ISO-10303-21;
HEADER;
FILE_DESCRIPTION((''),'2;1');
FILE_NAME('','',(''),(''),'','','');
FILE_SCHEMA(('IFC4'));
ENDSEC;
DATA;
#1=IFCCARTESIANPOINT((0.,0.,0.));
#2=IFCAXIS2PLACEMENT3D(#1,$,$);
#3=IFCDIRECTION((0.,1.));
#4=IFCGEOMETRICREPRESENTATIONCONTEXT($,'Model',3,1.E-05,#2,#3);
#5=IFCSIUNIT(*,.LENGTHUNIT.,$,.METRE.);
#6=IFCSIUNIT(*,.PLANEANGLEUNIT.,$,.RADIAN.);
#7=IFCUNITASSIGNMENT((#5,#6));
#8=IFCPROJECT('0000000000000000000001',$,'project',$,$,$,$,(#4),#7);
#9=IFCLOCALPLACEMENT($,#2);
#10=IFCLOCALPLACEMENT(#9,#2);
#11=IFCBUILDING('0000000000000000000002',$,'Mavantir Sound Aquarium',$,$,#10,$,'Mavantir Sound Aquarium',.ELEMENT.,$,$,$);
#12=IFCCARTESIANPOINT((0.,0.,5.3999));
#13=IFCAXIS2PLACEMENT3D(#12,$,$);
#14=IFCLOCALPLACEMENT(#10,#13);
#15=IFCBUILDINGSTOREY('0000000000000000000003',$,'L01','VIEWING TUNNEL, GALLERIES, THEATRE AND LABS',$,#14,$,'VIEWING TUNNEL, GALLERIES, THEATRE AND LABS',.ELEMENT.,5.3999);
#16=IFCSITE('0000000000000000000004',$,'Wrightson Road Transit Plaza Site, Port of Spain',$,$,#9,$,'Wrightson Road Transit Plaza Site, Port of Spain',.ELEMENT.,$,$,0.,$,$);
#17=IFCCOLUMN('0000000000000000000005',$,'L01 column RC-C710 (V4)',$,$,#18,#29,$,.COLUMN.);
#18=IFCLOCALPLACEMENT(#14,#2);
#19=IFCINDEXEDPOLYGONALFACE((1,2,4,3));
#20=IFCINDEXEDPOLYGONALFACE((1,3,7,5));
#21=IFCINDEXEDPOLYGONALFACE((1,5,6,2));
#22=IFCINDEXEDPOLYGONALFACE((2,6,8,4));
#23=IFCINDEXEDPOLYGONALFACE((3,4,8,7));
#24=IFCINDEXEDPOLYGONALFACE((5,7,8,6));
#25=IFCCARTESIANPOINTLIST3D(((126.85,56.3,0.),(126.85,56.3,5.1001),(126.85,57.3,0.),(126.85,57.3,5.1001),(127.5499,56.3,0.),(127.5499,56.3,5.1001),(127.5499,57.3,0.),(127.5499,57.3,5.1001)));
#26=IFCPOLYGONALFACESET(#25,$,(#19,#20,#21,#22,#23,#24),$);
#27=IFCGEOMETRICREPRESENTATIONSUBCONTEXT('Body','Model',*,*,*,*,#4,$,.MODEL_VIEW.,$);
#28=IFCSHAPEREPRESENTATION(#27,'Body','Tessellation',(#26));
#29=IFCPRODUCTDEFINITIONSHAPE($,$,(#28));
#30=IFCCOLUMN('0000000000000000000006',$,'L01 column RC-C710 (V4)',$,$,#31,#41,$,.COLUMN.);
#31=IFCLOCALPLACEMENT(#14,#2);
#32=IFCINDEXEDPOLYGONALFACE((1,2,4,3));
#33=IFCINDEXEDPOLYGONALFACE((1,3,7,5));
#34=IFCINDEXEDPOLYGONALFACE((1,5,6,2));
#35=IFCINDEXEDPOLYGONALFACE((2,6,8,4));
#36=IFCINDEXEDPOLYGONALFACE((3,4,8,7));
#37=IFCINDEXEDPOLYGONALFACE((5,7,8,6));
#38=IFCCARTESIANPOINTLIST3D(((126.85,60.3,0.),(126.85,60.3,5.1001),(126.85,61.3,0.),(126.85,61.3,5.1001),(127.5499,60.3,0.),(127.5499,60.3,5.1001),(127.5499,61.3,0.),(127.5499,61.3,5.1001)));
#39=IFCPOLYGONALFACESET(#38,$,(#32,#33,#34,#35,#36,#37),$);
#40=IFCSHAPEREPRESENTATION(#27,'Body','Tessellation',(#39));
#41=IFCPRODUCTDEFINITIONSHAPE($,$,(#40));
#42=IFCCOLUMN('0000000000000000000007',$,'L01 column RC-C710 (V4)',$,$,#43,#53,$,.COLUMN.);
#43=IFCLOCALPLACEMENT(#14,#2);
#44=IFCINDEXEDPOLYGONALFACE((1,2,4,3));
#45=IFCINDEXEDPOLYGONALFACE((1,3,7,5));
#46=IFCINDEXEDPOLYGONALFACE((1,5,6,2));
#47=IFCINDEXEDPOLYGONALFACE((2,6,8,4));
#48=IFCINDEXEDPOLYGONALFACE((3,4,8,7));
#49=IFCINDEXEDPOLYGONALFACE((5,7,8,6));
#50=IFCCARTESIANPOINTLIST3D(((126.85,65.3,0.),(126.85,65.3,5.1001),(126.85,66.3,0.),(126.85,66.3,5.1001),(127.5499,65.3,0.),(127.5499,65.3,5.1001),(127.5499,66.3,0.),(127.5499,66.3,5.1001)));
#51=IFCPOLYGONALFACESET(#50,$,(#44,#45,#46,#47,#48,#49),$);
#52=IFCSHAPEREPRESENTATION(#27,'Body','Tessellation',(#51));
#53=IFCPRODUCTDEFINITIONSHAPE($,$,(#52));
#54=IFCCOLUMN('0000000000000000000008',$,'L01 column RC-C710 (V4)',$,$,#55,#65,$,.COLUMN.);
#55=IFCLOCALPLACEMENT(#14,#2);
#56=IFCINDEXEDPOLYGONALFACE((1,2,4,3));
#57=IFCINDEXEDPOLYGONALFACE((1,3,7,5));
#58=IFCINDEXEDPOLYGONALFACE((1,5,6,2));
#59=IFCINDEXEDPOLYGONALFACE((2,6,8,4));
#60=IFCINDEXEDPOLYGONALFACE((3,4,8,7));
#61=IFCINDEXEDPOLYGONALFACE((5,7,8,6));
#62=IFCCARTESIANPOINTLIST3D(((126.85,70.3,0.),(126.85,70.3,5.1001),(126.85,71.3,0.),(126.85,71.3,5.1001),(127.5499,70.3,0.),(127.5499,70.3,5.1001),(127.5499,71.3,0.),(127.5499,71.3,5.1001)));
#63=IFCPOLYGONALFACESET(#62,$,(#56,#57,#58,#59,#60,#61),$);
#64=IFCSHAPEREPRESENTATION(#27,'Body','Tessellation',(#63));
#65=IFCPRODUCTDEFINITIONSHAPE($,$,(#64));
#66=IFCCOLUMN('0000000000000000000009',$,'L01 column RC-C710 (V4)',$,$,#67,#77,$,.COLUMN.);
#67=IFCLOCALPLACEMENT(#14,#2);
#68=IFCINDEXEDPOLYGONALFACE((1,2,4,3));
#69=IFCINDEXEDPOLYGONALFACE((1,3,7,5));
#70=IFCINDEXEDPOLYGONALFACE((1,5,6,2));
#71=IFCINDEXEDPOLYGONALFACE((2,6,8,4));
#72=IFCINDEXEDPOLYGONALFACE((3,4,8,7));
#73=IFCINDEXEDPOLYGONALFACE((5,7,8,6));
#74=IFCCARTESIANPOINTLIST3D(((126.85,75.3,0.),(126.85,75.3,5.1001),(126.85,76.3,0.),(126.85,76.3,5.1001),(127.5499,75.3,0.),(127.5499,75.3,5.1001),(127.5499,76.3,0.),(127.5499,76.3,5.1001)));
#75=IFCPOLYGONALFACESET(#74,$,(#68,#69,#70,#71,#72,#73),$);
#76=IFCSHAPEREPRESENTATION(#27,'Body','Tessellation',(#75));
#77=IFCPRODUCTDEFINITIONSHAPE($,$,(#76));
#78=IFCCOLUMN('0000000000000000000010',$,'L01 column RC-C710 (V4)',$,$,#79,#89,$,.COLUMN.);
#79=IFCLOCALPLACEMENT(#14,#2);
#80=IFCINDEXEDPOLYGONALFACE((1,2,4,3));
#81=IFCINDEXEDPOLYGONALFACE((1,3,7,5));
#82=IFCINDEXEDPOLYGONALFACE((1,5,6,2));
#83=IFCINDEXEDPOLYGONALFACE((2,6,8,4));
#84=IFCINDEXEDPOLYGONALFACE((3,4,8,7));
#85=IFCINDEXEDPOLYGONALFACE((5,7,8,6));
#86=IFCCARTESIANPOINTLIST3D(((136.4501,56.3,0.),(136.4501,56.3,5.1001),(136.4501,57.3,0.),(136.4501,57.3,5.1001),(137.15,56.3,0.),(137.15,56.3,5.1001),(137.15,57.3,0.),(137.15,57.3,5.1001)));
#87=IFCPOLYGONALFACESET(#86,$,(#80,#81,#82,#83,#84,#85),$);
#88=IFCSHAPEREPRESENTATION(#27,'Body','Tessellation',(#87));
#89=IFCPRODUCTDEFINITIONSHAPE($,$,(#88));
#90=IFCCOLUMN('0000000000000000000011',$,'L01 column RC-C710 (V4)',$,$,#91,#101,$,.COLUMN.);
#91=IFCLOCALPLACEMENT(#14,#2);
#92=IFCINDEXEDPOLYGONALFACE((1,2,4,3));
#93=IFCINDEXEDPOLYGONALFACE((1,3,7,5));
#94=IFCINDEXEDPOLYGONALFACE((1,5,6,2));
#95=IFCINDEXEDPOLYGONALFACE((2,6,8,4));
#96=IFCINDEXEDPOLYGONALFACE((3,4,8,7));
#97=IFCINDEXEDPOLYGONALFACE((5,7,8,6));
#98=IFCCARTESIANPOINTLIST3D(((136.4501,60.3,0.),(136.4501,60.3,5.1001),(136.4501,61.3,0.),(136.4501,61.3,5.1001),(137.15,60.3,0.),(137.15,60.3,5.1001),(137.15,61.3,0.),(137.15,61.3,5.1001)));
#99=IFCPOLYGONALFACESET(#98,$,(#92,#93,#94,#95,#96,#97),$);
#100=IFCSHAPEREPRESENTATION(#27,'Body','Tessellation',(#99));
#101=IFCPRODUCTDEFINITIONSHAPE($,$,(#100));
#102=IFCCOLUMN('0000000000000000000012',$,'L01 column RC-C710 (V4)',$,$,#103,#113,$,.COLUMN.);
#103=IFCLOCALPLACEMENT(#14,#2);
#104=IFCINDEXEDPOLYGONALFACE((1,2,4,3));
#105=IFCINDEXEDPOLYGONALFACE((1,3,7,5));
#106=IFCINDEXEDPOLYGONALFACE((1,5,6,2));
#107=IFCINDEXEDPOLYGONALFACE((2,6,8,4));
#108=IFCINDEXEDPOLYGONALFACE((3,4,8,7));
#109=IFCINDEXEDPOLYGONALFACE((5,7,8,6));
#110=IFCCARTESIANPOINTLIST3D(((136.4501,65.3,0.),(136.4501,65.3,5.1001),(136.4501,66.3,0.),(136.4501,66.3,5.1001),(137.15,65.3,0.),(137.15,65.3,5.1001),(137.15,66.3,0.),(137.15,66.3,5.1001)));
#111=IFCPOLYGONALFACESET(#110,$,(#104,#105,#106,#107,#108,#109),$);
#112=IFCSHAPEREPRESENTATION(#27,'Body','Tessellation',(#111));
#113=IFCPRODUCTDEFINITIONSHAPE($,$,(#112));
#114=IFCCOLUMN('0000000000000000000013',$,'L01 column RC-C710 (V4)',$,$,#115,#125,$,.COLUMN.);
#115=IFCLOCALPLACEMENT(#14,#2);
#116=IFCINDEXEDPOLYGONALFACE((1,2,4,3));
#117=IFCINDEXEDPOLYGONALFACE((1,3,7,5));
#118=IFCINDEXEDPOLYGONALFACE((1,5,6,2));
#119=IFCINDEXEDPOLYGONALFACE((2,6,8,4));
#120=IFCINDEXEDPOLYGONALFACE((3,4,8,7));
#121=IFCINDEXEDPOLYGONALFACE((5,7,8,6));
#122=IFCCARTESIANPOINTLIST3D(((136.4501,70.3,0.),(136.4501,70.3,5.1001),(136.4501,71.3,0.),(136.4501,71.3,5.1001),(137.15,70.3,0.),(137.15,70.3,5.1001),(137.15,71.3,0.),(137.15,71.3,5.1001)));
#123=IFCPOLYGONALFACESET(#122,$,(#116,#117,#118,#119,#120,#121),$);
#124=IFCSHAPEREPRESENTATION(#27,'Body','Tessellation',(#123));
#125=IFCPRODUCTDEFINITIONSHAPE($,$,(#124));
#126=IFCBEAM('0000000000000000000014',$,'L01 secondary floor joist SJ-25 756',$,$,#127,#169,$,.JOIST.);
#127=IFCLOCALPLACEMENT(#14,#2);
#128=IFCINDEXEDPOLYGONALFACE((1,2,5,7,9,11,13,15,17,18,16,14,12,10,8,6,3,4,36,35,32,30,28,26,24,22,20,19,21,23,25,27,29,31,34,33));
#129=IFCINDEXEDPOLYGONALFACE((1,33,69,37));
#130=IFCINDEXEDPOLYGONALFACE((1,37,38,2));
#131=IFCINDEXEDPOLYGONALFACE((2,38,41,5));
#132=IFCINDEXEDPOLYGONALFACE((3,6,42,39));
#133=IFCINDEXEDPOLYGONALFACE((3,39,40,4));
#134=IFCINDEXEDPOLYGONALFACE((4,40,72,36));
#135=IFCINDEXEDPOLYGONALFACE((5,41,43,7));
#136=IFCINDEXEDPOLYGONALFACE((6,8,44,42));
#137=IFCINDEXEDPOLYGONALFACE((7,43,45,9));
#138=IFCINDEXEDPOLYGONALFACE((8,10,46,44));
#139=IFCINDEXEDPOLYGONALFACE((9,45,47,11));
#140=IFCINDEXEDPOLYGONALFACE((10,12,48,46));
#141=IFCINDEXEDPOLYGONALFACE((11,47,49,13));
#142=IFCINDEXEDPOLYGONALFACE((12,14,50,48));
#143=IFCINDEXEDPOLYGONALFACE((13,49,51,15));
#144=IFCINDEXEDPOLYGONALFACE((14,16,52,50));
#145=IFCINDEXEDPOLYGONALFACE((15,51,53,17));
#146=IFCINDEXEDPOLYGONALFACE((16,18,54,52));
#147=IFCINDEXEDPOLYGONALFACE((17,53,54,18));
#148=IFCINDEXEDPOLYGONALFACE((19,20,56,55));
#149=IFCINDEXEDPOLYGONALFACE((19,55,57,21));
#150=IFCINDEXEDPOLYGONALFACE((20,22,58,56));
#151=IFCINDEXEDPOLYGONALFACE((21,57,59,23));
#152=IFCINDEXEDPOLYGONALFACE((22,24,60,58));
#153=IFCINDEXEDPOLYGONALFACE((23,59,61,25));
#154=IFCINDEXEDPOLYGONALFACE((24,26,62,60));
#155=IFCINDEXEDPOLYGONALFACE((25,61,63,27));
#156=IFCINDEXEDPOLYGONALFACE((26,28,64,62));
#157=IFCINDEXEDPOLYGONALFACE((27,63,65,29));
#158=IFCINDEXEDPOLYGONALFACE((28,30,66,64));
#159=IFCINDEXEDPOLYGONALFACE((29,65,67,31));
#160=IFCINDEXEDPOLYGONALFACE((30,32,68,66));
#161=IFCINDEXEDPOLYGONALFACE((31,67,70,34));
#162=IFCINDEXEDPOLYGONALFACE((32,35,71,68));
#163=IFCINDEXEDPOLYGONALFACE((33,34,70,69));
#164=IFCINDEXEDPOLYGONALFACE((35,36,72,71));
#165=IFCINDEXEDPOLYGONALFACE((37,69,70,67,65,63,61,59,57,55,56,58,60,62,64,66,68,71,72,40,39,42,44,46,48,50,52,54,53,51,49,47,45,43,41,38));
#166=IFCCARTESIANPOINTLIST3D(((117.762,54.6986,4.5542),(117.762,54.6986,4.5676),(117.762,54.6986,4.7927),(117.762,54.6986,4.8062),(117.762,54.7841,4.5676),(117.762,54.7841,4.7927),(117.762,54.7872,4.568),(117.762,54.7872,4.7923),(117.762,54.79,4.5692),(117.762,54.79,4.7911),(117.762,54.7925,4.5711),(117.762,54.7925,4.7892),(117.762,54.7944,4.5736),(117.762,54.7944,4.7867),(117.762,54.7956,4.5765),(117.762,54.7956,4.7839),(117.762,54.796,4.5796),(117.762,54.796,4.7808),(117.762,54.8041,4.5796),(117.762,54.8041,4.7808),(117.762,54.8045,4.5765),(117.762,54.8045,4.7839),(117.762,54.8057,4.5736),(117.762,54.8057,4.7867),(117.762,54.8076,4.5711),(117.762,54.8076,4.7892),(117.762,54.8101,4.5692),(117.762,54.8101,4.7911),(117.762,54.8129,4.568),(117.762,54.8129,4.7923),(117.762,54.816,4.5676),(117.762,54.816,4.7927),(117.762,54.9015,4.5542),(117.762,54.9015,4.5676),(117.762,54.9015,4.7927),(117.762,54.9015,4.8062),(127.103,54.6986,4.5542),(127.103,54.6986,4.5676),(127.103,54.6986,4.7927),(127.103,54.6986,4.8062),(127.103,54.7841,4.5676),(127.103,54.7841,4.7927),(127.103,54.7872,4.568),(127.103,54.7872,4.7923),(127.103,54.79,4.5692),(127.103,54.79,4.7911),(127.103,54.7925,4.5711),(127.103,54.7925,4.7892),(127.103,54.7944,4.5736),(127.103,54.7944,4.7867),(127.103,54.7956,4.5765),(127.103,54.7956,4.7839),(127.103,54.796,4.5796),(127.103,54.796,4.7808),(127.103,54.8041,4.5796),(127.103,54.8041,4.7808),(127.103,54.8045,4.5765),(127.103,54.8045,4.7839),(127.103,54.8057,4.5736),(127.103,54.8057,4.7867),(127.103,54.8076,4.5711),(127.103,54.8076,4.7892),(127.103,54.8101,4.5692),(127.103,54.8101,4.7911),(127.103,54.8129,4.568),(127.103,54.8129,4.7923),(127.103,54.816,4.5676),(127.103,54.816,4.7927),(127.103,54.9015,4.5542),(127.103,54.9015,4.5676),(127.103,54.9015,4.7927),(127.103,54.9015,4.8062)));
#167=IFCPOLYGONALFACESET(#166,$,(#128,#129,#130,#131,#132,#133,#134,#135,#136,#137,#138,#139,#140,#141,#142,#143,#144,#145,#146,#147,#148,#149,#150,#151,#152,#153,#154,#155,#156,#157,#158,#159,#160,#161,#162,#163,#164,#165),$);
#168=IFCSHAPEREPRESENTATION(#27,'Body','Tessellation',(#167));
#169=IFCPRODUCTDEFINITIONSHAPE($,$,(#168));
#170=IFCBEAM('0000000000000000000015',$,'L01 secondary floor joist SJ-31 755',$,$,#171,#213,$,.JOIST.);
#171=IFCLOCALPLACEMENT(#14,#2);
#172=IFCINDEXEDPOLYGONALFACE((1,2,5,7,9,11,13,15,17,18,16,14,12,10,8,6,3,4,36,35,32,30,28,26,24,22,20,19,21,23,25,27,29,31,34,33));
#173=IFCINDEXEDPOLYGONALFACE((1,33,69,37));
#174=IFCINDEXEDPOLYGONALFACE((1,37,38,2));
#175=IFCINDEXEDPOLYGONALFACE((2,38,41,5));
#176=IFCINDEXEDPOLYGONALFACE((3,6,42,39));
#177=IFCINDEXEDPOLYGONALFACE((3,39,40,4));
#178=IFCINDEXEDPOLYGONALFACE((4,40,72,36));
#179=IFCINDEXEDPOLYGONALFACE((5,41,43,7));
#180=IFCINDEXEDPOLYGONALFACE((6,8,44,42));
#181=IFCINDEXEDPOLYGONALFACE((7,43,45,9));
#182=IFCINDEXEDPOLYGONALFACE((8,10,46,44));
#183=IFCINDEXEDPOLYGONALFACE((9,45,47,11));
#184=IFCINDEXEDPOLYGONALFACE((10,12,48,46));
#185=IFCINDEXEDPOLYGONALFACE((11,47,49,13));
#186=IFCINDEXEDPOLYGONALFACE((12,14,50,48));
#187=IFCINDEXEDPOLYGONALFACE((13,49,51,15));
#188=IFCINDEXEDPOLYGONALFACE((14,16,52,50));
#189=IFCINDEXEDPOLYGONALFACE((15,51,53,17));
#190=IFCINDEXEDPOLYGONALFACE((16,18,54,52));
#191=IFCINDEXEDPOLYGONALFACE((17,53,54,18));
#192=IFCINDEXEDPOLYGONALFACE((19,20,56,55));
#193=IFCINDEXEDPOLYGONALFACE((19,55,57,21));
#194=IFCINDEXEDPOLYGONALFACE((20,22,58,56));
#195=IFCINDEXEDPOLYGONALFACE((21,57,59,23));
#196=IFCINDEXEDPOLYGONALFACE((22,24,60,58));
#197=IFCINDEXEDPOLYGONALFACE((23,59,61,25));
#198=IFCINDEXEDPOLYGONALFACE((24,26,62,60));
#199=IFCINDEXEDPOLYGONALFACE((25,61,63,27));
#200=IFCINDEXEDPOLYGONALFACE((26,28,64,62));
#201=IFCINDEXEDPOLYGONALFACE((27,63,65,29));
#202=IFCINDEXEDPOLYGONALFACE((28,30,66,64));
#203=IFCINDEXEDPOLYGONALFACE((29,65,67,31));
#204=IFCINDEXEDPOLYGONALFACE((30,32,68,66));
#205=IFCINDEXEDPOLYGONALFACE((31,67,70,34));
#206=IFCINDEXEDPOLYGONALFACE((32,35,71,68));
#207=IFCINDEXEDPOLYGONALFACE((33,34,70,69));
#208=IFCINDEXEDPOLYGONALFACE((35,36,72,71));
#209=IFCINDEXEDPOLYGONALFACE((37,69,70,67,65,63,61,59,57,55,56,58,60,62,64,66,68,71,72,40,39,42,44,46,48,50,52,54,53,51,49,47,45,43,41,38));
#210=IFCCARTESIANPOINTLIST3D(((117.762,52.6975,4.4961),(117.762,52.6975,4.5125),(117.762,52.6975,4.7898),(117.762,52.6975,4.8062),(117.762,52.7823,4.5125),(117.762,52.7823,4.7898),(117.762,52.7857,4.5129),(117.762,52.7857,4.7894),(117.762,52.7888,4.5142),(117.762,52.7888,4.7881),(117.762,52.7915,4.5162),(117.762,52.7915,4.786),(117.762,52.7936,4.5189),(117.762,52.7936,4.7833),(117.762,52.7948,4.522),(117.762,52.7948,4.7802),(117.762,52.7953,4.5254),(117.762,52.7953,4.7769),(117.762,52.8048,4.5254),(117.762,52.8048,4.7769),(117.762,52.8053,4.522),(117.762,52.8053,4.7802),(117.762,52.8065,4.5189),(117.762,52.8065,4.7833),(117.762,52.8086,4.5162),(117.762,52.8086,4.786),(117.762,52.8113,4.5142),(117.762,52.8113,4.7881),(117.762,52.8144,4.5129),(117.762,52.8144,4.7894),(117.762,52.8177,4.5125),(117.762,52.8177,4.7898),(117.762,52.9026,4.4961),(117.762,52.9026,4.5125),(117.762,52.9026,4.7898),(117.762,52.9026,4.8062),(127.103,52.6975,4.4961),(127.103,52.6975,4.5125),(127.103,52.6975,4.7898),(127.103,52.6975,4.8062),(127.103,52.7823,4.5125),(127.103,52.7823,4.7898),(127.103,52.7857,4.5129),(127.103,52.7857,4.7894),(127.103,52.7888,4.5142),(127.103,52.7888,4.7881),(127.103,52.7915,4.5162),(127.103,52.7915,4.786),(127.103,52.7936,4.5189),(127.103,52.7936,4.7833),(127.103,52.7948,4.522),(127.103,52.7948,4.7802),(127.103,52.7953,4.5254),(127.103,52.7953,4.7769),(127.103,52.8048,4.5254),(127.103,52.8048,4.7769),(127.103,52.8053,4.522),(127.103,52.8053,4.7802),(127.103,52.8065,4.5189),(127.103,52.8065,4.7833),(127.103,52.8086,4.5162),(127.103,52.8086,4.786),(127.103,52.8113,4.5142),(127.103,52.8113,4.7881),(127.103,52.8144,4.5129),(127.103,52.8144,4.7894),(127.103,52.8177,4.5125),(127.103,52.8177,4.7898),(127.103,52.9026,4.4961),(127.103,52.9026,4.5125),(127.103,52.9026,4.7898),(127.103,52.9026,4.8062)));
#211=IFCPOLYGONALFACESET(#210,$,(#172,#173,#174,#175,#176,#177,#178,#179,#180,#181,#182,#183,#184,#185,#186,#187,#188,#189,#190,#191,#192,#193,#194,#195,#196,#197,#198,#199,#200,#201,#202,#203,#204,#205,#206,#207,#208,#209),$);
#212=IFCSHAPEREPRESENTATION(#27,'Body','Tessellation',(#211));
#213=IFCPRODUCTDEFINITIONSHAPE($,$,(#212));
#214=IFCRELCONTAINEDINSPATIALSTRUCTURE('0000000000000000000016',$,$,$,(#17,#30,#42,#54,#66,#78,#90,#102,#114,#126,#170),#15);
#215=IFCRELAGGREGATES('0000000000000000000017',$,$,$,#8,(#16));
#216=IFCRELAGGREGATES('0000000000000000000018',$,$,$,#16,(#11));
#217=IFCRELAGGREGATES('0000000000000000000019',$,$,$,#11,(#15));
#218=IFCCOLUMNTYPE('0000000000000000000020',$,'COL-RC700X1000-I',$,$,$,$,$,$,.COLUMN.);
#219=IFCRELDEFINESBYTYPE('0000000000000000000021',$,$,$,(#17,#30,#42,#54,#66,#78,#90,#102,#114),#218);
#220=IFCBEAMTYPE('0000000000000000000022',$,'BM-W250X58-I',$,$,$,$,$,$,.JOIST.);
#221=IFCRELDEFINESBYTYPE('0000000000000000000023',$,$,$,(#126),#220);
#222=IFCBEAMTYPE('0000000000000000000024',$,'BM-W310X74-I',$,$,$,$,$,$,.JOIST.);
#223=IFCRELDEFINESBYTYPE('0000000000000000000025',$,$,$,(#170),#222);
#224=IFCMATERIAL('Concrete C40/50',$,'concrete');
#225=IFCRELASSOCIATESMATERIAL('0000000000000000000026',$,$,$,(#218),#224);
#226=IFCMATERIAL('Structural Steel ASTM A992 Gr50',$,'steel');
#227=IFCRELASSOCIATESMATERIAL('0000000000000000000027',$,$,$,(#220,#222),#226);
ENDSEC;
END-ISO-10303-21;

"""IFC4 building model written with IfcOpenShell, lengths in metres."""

from ifc_helpers import new_model, si_unit, direction, frame, origin, origin_2d, place, context, subcontext, project, spatial, rectangle, i_section, extrude, material, material_profile, profile_set, type_object, element, save


model = new_model("IFC4")

# Units and contexts
model_context = context("Model", 3, precision=1e-05, world=origin(), true_north=direction((0.0, 1.0)))
body_context = subcontext(model_context, "Body", "Model", "MODEL_VIEW")
ifc_project = project(units=[si_unit("LENGTHUNIT", "METRE"), si_unit("PLANEANGLEUNIT", "RADIAN")], contexts=[model_context])

# Site, building, storey
site_placement = place(None, origin())
site = spatial("IfcSite", under=ifc_project, at=site_placement, Name="Wrightson Road Transit Plaza Site, Port of Spain", LongName="Wrightson Road Transit Plaza Site, Port of Spain", CompositionType="ELEMENT", RefElevation=0.0)
building_placement = place(site_placement, origin())
building = spatial("IfcBuilding", under=site, at=building_placement, Name="Mavantir Sound Aquarium", LongName="Mavantir Sound Aquarium", CompositionType="ELEMENT")
storey_placement = place(building_placement, frame((0.0, 0.0, 5.3999)))
storey = spatial("IfcBuildingStorey", under=building, at=storey_placement, Name="L01", Description="VIEWING TUNNEL, GALLERIES, THEATRE AND LABS", LongName="VIEWING TUNNEL, GALLERIES, THEATRE AND LABS", CompositionType="ELEMENT", Elevation=5.3999)

# Columns
ifc_material_1 = material(Name="Concrete C40/50", Category="concrete")
ifc_material_profile_1 = material_profile(ifc_material_1, rectangle(XDim=0.7, YDim=1.0, at=origin_2d()), Name="RC 700X1000")
ifc_profile_set_1 = profile_set([ifc_material_profile_1], Name="Concrete C40/50")
column_type = type_object("IfcColumnType", Name="COL-RC700X1000-I", PredefinedType="COLUMN", material=ifc_profile_set_1)
for number, where, z_axis, x_axis, name in (
    (1, (127.2, 56.8, 0.0), (0.0, 0.0, 1.0), (1.0, 0.0, 0.0), "L01 column RC-C710 (V4)"),
    (2, (127.2, 60.8, 0.0), (0.0, 0.0, 1.0), (1.0, 0.0, 0.0), "L01 column RC-C710 (V4)"),
    (3, (127.2, 65.8, 0.0), (0.0, 0.0, 1.0), (1.0, 0.0, 0.0), "L01 column RC-C710 (V4)"),
    (4, (127.2, 70.8, 0.0), (0.0, 0.0, 1.0), (1.0, 0.0, 0.0), "L01 column RC-C710 (V4)"),
    (5, (127.2, 75.8, 0.0), (0.0, 0.0, 1.0), (1.0, 0.0, 0.0), "L01 column RC-C710 (V4)"),
    (6, (136.8, 56.8, 0.0), (0.0, 0.0, 1.0), (1.0, 0.0, 0.0), "L01 column RC-C710 (V4)"),
    (7, (136.8, 60.8, 0.0), (0.0, 0.0, 1.0), (1.0, 0.0, 0.0), "L01 column RC-C710 (V4)"),
    (8, (136.8, 65.8, 0.0), (0.0, 0.0, 1.0), (1.0, 0.0, 0.0), "L01 column RC-C710 (V4)"),
    (9, (136.8, 70.8, 0.0), (0.0, 0.0, 1.0), (1.0, 0.0, 0.0), "L01 column RC-C710 (V4)"),
):
    element("IfcColumn", number, at=place(storey_placement, frame(where, z_axis=z_axis, x_axis=x_axis)), inside=storey, type_object=column_type, Name=name, PredefinedType="COLUMN", context=body_context, shape_type="SweptSolid", body=[
        extrude(rectangle(XDim=0.7, YDim=1.0, at=origin_2d()), origin(), (0.0, 0.0, 1.0), 5.1001),
    ])

# Beams
ifc_material_2 = material(Name="Structural Steel ASTM A992 Gr50", Category="steel")
ifc_material_profile_2 = material_profile(ifc_material_2, i_section(OverallWidth=0.2029, OverallDepth=0.252, WebThickness=0.0081, FlangeThickness=0.0134, FilletRadius=0.012, at=origin_2d()), Name="W250X58")
ifc_profile_set_2 = profile_set([ifc_material_profile_2], Name="Structural Steel ASTM A992 Gr50")
beam_type_1 = type_object("IfcBeamType", Name="BM-W250X58-I", PredefinedType="JOIST", material=ifc_profile_set_2)
beam_1_placement = place(storey_placement, frame((117.762, 54.8, 4.6802), z_axis=(1.0, 0.0, 0.0), x_axis=(0.0, 1.0, 0.0)))
element("IfcBeam", 10, at=beam_1_placement, inside=storey, type_object=beam_type_1, Name="L01 secondary floor joist SJ-25 756", PredefinedType="JOIST", context=body_context, shape_type="SweptSolid", body=[
    extrude(i_section(OverallWidth=0.2029, OverallDepth=0.252, WebThickness=0.0081, FlangeThickness=0.0134, FilletRadius=0.012, at=origin_2d()), origin(), (0.0, 0.0, 1.0), 9.3411),
])
ifc_material_profile_3 = material_profile(ifc_material_2, i_section(OverallWidth=0.2051, OverallDepth=0.3101, WebThickness=0.0095, FlangeThickness=0.0164, FilletRadius=0.0129, at=origin_2d()), Name="W310X74")
ifc_profile_set_3 = profile_set([ifc_material_profile_3], Name="Structural Steel ASTM A992 Gr50")
beam_type_2 = type_object("IfcBeamType", Name="BM-W310X74-I", PredefinedType="JOIST", material=ifc_profile_set_3)
beam_2_placement = place(storey_placement, frame((117.762, 52.8, 4.6511), z_axis=(1.0, 0.0, 0.0), x_axis=(0.0, 1.0, 0.0)))
element("IfcBeam", 11, at=beam_2_placement, inside=storey, type_object=beam_type_2, Name="L01 secondary floor joist SJ-31 755", PredefinedType="JOIST", context=body_context, shape_type="SweptSolid", body=[
    extrude(i_section(OverallWidth=0.2051, OverallDepth=0.3101, WebThickness=0.0095, FlangeThickness=0.0164, FilletRadius=0.0129, at=origin_2d()), origin(), (0.0, 0.0, 1.0), 9.3411),
])

save(model, "model.ifc")
